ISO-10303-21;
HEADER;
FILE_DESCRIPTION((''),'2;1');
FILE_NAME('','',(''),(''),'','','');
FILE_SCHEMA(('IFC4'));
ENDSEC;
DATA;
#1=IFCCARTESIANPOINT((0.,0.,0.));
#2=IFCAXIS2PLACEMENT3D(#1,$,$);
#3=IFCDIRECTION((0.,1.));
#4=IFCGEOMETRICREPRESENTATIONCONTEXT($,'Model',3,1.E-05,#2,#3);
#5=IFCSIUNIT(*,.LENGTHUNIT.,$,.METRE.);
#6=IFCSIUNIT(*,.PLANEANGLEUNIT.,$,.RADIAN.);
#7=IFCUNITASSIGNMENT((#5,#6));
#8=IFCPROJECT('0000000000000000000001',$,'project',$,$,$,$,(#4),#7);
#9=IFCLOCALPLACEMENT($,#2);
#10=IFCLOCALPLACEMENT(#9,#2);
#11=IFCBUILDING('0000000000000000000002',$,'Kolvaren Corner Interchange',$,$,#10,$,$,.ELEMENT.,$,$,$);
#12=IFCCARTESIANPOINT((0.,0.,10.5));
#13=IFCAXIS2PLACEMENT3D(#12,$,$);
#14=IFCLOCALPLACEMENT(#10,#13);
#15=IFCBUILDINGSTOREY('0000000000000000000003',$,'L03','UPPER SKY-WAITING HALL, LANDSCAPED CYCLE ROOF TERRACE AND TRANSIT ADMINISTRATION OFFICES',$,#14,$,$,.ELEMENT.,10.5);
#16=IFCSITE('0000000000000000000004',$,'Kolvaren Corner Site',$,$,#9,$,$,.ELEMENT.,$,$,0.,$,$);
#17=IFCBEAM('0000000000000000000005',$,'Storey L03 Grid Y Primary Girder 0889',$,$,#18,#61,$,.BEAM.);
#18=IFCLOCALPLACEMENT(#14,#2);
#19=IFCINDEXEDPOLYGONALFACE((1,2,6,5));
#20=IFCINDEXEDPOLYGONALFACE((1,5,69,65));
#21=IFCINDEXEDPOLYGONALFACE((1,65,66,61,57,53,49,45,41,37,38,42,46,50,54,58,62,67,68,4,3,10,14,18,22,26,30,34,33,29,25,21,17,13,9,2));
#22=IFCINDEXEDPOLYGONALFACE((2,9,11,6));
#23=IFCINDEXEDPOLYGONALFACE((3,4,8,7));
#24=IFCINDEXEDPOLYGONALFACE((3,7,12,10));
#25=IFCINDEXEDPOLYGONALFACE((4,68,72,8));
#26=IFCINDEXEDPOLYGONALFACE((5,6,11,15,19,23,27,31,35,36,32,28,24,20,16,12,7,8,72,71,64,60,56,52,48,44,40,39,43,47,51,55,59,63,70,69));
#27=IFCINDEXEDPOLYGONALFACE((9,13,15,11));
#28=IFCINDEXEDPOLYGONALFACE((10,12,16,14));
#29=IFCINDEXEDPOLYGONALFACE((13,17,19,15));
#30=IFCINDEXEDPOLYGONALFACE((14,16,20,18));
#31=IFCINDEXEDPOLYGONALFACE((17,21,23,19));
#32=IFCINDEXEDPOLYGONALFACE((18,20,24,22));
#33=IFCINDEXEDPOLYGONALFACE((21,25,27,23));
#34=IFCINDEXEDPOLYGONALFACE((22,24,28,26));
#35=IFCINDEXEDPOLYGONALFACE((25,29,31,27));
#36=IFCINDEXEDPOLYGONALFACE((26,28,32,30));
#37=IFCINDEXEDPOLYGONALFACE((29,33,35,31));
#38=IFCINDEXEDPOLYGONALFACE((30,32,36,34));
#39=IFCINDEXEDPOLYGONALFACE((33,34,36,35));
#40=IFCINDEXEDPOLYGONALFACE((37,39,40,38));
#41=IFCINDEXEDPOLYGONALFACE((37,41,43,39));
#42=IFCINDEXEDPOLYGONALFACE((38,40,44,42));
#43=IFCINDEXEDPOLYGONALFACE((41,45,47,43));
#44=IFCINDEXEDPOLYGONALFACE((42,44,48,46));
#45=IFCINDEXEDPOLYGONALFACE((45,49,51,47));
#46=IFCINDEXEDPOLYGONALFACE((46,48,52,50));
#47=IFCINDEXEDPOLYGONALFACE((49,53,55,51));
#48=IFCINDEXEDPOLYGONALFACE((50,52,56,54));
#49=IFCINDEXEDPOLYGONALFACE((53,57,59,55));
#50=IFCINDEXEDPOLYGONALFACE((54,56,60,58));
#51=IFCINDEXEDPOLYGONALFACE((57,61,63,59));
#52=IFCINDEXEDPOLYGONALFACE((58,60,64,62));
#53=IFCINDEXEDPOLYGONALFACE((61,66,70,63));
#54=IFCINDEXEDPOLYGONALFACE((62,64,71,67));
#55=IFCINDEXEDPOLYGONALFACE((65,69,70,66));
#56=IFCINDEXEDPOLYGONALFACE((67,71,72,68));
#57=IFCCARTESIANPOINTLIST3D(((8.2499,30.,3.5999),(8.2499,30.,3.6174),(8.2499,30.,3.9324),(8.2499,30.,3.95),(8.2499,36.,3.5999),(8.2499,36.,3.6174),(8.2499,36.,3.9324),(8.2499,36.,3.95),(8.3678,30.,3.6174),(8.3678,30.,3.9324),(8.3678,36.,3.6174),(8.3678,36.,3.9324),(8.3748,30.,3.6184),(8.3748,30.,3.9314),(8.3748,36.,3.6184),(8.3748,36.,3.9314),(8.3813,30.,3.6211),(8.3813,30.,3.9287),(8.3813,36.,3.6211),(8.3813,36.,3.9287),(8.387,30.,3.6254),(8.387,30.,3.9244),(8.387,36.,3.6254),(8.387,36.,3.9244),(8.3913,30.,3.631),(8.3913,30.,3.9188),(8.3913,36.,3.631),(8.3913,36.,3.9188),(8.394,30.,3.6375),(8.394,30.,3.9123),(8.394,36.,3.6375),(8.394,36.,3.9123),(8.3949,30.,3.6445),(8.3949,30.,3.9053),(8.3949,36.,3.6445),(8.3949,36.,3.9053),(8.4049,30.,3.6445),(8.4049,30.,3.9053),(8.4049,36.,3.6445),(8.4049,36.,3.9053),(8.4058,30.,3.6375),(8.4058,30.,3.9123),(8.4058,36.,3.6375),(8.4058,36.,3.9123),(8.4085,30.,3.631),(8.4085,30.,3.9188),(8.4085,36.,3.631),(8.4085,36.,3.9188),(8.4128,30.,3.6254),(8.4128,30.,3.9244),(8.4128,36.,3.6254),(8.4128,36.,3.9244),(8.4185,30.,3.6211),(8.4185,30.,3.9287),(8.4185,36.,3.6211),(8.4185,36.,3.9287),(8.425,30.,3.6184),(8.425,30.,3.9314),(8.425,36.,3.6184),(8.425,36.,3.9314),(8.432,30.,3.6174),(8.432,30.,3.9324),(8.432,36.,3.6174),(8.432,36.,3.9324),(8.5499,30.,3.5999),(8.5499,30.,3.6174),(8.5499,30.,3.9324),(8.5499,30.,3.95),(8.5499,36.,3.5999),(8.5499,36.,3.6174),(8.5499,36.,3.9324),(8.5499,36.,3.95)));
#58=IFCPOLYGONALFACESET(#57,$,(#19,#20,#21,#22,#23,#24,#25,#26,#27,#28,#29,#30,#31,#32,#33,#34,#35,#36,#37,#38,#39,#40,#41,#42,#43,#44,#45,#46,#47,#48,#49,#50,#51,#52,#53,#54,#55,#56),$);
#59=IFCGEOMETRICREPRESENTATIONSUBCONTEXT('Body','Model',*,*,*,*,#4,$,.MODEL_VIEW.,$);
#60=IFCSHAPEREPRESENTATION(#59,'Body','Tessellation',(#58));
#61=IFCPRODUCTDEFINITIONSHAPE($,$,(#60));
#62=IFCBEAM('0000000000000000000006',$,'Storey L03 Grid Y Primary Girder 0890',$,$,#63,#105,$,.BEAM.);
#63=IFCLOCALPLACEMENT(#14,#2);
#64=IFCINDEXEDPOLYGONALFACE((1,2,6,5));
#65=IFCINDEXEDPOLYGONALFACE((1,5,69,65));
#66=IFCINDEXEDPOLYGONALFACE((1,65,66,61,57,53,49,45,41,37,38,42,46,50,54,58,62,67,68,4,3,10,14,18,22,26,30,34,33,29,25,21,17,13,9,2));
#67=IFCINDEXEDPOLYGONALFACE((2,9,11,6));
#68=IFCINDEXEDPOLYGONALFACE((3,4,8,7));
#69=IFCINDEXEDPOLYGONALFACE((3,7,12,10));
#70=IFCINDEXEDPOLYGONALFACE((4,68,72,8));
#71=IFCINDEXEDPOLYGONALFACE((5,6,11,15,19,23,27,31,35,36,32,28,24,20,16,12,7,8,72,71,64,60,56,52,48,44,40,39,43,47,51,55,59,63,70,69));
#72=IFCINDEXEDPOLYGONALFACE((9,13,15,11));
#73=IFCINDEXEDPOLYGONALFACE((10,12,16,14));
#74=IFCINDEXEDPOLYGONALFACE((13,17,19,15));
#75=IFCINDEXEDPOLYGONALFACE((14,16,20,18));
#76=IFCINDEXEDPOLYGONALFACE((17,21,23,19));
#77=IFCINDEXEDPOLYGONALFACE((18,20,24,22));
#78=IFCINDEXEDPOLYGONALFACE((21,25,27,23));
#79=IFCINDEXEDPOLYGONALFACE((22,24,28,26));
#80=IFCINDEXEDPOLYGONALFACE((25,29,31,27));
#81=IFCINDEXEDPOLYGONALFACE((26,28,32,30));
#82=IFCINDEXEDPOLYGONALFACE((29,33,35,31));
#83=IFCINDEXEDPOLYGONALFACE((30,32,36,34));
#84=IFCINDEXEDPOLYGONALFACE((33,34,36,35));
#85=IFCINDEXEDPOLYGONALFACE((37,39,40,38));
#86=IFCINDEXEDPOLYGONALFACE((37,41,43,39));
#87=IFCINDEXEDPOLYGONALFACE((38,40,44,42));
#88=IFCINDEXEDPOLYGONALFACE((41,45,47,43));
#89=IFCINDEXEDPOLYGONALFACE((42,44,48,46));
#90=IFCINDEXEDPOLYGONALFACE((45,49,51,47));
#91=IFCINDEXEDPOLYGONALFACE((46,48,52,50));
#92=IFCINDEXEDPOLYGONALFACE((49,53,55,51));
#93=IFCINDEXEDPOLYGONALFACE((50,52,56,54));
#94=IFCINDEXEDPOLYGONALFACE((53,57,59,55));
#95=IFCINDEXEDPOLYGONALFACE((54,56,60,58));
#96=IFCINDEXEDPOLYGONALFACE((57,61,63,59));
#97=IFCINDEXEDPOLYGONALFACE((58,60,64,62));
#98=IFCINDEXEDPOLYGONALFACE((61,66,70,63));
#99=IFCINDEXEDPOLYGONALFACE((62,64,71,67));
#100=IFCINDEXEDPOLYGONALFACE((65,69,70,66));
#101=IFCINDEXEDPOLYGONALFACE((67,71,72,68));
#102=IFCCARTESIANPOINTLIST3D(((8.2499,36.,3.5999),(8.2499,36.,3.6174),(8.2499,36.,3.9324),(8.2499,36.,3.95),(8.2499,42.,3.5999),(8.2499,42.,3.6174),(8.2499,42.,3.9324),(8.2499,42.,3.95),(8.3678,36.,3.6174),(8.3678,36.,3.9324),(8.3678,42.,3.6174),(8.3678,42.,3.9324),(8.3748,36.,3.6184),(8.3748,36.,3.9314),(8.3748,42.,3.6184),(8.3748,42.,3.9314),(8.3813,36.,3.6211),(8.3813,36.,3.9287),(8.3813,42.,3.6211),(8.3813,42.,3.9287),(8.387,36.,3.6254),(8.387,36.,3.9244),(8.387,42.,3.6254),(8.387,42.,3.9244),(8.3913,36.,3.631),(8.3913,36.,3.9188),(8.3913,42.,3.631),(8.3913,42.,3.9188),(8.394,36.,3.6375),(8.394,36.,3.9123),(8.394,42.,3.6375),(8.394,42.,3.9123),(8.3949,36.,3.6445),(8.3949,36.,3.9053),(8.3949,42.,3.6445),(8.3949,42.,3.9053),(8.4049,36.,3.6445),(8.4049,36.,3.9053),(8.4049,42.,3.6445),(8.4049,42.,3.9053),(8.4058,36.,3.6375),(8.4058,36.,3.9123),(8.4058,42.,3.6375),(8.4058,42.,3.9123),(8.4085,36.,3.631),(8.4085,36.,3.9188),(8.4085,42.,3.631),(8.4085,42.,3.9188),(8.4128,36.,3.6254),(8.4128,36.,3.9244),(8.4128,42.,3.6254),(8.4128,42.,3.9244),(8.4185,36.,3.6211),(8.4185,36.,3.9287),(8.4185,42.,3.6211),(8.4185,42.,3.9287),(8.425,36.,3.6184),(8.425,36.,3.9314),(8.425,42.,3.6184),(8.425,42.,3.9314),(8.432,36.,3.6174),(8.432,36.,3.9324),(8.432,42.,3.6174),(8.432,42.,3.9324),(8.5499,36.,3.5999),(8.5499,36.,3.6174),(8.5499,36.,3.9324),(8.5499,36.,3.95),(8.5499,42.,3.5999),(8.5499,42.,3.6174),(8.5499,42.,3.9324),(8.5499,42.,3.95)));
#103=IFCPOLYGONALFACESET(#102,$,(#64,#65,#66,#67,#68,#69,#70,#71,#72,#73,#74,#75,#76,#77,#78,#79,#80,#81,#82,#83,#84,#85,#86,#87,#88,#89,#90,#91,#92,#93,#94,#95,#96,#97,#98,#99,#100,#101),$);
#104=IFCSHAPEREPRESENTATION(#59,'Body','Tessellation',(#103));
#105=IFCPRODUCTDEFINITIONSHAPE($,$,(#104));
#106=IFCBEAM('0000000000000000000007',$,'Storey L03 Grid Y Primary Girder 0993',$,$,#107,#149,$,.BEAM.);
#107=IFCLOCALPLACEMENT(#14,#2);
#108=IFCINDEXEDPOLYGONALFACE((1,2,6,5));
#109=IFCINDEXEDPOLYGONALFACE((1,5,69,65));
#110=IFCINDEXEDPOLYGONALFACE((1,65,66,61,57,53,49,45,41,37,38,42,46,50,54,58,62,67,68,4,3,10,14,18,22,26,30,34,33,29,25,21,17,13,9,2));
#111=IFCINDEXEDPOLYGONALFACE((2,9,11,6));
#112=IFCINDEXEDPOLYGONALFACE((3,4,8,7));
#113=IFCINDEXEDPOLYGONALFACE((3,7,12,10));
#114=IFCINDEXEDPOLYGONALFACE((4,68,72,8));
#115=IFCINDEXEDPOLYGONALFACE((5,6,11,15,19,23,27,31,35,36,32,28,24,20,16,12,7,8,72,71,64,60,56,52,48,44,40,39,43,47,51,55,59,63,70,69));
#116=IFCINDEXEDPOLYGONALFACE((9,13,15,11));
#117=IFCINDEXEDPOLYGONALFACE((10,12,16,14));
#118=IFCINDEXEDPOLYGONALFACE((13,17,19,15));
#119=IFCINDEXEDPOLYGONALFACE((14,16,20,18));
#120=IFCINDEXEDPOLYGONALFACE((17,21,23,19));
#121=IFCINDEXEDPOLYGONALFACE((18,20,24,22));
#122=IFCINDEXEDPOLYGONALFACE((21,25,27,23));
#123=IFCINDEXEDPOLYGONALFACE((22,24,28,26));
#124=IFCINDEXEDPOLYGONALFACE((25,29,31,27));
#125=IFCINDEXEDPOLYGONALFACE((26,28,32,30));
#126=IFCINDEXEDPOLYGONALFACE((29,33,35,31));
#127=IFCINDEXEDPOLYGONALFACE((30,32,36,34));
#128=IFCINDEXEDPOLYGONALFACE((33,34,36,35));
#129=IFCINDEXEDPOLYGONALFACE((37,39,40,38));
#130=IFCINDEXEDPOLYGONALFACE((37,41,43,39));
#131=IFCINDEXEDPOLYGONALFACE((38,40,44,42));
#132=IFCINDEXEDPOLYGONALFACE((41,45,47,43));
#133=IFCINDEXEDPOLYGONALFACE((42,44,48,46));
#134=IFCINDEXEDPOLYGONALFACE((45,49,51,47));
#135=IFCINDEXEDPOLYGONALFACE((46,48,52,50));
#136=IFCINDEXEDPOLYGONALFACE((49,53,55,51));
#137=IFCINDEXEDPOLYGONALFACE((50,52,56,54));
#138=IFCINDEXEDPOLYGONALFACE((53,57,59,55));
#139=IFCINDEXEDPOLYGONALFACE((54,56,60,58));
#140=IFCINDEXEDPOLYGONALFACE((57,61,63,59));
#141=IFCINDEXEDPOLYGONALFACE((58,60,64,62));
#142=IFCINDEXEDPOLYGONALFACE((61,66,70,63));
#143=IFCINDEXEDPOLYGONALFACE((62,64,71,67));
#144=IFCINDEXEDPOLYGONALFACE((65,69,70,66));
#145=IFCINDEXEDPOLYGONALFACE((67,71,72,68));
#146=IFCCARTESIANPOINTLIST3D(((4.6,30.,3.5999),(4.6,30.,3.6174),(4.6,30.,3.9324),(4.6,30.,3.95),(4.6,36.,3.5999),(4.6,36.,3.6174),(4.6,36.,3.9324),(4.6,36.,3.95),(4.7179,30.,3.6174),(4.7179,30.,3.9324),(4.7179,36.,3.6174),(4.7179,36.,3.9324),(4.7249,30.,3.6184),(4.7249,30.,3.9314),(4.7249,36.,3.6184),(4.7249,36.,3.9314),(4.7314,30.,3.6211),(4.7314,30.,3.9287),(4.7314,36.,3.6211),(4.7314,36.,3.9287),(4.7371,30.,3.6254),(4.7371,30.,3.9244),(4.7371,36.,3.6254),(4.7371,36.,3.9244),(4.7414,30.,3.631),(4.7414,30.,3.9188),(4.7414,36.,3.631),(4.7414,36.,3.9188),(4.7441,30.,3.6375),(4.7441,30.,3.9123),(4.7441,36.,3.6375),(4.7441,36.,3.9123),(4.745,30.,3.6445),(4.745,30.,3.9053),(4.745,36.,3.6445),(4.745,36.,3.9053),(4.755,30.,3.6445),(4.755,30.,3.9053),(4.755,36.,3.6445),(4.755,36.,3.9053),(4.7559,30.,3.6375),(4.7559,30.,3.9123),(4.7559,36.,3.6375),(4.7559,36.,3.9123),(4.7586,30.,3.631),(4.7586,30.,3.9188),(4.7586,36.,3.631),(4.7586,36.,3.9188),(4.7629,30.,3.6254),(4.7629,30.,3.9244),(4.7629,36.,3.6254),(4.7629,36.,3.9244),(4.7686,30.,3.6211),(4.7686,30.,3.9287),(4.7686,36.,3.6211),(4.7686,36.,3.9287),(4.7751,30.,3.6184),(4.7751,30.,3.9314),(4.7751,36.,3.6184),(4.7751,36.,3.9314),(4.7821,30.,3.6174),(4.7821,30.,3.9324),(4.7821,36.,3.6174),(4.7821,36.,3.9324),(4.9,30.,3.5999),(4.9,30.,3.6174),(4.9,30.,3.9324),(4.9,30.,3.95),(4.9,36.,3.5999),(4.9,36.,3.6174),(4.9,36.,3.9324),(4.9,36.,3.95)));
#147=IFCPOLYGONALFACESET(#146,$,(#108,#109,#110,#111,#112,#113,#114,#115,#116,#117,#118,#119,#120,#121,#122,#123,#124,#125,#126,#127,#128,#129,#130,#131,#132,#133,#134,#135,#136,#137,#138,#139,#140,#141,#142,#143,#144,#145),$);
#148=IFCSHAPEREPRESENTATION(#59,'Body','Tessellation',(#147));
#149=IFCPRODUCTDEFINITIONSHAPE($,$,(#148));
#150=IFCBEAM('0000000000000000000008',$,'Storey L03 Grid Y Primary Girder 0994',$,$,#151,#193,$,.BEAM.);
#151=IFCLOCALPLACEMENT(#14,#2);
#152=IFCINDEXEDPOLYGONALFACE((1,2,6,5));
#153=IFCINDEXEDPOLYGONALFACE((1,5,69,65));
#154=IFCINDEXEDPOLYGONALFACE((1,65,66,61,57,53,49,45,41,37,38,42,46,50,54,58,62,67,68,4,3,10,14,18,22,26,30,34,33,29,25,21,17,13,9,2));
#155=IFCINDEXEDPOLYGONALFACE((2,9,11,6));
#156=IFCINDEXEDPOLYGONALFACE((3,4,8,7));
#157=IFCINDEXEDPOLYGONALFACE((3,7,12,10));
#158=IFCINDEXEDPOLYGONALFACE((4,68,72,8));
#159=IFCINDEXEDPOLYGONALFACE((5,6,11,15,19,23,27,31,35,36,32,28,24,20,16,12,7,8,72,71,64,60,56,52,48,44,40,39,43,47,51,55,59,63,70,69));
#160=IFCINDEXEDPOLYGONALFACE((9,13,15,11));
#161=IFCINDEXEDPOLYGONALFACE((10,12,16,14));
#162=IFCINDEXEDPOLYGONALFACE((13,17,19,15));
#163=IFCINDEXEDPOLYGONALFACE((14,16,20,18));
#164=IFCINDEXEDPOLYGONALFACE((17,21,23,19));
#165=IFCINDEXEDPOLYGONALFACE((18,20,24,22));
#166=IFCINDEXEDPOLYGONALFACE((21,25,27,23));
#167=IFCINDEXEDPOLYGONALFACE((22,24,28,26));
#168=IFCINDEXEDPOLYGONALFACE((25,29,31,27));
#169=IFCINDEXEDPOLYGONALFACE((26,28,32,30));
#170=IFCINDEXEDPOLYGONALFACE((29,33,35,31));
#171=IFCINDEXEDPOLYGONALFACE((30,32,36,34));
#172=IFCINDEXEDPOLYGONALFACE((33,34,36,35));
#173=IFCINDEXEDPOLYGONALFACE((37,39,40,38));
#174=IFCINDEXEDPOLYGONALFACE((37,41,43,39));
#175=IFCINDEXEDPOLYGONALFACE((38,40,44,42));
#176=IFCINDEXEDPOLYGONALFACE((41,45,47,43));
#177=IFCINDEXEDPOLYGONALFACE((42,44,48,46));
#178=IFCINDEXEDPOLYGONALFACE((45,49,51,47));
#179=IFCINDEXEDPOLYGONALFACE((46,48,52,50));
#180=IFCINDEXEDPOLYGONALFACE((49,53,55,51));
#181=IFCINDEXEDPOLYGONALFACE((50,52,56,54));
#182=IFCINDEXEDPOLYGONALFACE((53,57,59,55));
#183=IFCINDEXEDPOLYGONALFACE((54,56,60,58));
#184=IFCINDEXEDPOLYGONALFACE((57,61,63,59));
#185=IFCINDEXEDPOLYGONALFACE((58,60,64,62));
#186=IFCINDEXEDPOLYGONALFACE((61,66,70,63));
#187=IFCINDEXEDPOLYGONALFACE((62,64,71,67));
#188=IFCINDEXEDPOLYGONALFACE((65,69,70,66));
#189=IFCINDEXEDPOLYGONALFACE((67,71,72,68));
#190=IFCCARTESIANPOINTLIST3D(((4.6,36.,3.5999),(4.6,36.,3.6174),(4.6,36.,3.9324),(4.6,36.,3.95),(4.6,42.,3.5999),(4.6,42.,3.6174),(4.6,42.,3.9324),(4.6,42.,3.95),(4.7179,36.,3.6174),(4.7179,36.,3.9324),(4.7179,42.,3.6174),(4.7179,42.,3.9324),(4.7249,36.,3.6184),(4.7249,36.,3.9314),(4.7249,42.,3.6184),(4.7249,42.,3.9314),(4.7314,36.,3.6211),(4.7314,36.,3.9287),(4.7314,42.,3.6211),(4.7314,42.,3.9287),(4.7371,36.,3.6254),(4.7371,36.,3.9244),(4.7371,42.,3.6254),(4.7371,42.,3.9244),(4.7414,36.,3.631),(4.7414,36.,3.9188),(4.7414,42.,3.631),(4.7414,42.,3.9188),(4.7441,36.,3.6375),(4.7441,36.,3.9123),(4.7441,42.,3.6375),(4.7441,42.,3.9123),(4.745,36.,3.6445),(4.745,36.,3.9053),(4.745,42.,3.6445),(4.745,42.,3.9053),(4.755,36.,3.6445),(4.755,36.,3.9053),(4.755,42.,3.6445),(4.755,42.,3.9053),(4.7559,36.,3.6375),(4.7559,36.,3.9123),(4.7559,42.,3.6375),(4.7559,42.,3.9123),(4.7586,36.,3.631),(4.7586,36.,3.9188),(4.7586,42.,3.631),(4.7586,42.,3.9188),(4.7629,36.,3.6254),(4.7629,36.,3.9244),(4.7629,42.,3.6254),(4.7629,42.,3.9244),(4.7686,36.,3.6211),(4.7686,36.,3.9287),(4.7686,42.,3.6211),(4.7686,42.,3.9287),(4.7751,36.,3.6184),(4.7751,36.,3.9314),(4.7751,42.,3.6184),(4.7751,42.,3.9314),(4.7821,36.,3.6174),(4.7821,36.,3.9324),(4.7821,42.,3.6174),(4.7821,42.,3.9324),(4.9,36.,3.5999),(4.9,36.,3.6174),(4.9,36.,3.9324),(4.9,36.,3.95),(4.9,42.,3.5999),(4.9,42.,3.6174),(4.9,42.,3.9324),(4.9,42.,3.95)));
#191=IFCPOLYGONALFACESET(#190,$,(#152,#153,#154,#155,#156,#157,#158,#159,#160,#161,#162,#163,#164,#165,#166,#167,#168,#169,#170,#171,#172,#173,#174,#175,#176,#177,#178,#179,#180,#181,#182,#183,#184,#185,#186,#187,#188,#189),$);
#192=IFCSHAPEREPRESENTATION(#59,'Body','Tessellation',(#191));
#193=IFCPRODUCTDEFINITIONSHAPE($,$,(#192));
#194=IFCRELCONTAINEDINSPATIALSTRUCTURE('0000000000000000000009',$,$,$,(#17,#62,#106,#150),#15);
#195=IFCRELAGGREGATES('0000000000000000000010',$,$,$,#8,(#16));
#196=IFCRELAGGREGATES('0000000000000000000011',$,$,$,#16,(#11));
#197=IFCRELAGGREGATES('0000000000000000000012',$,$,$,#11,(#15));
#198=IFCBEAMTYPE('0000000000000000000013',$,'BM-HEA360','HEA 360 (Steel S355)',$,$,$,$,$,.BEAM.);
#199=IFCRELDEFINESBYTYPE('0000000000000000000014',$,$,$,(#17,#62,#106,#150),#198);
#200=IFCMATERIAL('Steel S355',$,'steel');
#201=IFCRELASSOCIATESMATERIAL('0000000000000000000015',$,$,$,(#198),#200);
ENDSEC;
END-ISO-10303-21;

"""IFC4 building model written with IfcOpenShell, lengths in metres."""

from ifc_helpers import new_model, si_unit, direction, frame, origin, origin_2d, place, context, subcontext, project, spatial, i_section, extrude, material, material_profile, profile_set, type_object, element, save


model = new_model("IFC4")

# Units and contexts
model_context = context("Model", 3, precision=1e-05, world=origin(), true_north=direction((0.0, 1.0)))
body_context = subcontext(model_context, "Body", "Model", "MODEL_VIEW")
ifc_project = project(units=[si_unit("LENGTHUNIT", "METRE"), si_unit("PLANEANGLEUNIT", "RADIAN")], contexts=[model_context])

# Site, building, storey
site_placement = place(None, origin())
site = spatial("IfcSite", under=ifc_project, at=site_placement, Name="Kolvaren Corner Site", CompositionType="ELEMENT", RefElevation=0.0)
building_placement = place(site_placement, origin())
building = spatial("IfcBuilding", under=site, at=building_placement, Name="Kolvaren Corner Interchange", CompositionType="ELEMENT")
storey_placement = place(building_placement, frame((0.0, 0.0, 10.5)))
storey = spatial("IfcBuildingStorey", under=building, at=storey_placement, Name="L03", Description="UPPER SKY-WAITING HALL, LANDSCAPED CYCLE ROOF TERRACE AND TRANSIT ADMINISTRATION OFFICES", CompositionType="ELEMENT", Elevation=10.5)

# Beams
ifc_material_1 = material(Name="Steel S355", Category="steel")
ifc_material_profile_1 = material_profile(ifc_material_1, i_section(OverallWidth=0.3, OverallDepth=0.3501, WebThickness=0.01, FlangeThickness=0.0176, FilletRadius=0.0271, at=origin_2d()), Name="HEA 360")
ifc_profile_set_1 = profile_set([ifc_material_profile_1], Name="Steel S355")
beam_type_1 = type_object("IfcBeamType", Name="BM-HEA360", Description="HEA 360 (Steel S355)", PredefinedType="BEAM", material=ifc_profile_set_1)
for number, where, z_axis, x_axis, name in (
    (1, (8.3999, 30.0, 3.7749), (0.0, 1.0, 0.0), (-1.0, 0.0, 0.0), "Storey L03 Grid Y Primary Girder 0889"),
    (2, (8.3999, 36.0, 3.7749), (0.0, 1.0, 0.0), (-1.0, 0.0, 0.0), "Storey L03 Grid Y Primary Girder 0890"),
    (3, (4.75, 30.0, 3.7749), (0.0, 1.0, 0.0), (-1.0, 0.0, 0.0), "Storey L03 Grid Y Primary Girder 0993"),
    (4, (4.75, 36.0, 3.7749), (0.0, 1.0, 0.0), (-1.0, 0.0, 0.0), "Storey L03 Grid Y Primary Girder 0994"),
):
    element("IfcBeam", number, at=place(storey_placement, frame(where, z_axis=z_axis, x_axis=x_axis)), inside=storey, type_object=beam_type_1, Name=name, PredefinedType="BEAM", context=body_context, shape_type="SweptSolid", body=[
        extrude(i_section(OverallWidth=0.3, OverallDepth=0.3501, WebThickness=0.01, FlangeThickness=0.0176, FilletRadius=0.0271, at=origin_2d()), origin(), (0.0, 0.0, 1.0), 6.0),
    ])

save(model, "model.ifc")
